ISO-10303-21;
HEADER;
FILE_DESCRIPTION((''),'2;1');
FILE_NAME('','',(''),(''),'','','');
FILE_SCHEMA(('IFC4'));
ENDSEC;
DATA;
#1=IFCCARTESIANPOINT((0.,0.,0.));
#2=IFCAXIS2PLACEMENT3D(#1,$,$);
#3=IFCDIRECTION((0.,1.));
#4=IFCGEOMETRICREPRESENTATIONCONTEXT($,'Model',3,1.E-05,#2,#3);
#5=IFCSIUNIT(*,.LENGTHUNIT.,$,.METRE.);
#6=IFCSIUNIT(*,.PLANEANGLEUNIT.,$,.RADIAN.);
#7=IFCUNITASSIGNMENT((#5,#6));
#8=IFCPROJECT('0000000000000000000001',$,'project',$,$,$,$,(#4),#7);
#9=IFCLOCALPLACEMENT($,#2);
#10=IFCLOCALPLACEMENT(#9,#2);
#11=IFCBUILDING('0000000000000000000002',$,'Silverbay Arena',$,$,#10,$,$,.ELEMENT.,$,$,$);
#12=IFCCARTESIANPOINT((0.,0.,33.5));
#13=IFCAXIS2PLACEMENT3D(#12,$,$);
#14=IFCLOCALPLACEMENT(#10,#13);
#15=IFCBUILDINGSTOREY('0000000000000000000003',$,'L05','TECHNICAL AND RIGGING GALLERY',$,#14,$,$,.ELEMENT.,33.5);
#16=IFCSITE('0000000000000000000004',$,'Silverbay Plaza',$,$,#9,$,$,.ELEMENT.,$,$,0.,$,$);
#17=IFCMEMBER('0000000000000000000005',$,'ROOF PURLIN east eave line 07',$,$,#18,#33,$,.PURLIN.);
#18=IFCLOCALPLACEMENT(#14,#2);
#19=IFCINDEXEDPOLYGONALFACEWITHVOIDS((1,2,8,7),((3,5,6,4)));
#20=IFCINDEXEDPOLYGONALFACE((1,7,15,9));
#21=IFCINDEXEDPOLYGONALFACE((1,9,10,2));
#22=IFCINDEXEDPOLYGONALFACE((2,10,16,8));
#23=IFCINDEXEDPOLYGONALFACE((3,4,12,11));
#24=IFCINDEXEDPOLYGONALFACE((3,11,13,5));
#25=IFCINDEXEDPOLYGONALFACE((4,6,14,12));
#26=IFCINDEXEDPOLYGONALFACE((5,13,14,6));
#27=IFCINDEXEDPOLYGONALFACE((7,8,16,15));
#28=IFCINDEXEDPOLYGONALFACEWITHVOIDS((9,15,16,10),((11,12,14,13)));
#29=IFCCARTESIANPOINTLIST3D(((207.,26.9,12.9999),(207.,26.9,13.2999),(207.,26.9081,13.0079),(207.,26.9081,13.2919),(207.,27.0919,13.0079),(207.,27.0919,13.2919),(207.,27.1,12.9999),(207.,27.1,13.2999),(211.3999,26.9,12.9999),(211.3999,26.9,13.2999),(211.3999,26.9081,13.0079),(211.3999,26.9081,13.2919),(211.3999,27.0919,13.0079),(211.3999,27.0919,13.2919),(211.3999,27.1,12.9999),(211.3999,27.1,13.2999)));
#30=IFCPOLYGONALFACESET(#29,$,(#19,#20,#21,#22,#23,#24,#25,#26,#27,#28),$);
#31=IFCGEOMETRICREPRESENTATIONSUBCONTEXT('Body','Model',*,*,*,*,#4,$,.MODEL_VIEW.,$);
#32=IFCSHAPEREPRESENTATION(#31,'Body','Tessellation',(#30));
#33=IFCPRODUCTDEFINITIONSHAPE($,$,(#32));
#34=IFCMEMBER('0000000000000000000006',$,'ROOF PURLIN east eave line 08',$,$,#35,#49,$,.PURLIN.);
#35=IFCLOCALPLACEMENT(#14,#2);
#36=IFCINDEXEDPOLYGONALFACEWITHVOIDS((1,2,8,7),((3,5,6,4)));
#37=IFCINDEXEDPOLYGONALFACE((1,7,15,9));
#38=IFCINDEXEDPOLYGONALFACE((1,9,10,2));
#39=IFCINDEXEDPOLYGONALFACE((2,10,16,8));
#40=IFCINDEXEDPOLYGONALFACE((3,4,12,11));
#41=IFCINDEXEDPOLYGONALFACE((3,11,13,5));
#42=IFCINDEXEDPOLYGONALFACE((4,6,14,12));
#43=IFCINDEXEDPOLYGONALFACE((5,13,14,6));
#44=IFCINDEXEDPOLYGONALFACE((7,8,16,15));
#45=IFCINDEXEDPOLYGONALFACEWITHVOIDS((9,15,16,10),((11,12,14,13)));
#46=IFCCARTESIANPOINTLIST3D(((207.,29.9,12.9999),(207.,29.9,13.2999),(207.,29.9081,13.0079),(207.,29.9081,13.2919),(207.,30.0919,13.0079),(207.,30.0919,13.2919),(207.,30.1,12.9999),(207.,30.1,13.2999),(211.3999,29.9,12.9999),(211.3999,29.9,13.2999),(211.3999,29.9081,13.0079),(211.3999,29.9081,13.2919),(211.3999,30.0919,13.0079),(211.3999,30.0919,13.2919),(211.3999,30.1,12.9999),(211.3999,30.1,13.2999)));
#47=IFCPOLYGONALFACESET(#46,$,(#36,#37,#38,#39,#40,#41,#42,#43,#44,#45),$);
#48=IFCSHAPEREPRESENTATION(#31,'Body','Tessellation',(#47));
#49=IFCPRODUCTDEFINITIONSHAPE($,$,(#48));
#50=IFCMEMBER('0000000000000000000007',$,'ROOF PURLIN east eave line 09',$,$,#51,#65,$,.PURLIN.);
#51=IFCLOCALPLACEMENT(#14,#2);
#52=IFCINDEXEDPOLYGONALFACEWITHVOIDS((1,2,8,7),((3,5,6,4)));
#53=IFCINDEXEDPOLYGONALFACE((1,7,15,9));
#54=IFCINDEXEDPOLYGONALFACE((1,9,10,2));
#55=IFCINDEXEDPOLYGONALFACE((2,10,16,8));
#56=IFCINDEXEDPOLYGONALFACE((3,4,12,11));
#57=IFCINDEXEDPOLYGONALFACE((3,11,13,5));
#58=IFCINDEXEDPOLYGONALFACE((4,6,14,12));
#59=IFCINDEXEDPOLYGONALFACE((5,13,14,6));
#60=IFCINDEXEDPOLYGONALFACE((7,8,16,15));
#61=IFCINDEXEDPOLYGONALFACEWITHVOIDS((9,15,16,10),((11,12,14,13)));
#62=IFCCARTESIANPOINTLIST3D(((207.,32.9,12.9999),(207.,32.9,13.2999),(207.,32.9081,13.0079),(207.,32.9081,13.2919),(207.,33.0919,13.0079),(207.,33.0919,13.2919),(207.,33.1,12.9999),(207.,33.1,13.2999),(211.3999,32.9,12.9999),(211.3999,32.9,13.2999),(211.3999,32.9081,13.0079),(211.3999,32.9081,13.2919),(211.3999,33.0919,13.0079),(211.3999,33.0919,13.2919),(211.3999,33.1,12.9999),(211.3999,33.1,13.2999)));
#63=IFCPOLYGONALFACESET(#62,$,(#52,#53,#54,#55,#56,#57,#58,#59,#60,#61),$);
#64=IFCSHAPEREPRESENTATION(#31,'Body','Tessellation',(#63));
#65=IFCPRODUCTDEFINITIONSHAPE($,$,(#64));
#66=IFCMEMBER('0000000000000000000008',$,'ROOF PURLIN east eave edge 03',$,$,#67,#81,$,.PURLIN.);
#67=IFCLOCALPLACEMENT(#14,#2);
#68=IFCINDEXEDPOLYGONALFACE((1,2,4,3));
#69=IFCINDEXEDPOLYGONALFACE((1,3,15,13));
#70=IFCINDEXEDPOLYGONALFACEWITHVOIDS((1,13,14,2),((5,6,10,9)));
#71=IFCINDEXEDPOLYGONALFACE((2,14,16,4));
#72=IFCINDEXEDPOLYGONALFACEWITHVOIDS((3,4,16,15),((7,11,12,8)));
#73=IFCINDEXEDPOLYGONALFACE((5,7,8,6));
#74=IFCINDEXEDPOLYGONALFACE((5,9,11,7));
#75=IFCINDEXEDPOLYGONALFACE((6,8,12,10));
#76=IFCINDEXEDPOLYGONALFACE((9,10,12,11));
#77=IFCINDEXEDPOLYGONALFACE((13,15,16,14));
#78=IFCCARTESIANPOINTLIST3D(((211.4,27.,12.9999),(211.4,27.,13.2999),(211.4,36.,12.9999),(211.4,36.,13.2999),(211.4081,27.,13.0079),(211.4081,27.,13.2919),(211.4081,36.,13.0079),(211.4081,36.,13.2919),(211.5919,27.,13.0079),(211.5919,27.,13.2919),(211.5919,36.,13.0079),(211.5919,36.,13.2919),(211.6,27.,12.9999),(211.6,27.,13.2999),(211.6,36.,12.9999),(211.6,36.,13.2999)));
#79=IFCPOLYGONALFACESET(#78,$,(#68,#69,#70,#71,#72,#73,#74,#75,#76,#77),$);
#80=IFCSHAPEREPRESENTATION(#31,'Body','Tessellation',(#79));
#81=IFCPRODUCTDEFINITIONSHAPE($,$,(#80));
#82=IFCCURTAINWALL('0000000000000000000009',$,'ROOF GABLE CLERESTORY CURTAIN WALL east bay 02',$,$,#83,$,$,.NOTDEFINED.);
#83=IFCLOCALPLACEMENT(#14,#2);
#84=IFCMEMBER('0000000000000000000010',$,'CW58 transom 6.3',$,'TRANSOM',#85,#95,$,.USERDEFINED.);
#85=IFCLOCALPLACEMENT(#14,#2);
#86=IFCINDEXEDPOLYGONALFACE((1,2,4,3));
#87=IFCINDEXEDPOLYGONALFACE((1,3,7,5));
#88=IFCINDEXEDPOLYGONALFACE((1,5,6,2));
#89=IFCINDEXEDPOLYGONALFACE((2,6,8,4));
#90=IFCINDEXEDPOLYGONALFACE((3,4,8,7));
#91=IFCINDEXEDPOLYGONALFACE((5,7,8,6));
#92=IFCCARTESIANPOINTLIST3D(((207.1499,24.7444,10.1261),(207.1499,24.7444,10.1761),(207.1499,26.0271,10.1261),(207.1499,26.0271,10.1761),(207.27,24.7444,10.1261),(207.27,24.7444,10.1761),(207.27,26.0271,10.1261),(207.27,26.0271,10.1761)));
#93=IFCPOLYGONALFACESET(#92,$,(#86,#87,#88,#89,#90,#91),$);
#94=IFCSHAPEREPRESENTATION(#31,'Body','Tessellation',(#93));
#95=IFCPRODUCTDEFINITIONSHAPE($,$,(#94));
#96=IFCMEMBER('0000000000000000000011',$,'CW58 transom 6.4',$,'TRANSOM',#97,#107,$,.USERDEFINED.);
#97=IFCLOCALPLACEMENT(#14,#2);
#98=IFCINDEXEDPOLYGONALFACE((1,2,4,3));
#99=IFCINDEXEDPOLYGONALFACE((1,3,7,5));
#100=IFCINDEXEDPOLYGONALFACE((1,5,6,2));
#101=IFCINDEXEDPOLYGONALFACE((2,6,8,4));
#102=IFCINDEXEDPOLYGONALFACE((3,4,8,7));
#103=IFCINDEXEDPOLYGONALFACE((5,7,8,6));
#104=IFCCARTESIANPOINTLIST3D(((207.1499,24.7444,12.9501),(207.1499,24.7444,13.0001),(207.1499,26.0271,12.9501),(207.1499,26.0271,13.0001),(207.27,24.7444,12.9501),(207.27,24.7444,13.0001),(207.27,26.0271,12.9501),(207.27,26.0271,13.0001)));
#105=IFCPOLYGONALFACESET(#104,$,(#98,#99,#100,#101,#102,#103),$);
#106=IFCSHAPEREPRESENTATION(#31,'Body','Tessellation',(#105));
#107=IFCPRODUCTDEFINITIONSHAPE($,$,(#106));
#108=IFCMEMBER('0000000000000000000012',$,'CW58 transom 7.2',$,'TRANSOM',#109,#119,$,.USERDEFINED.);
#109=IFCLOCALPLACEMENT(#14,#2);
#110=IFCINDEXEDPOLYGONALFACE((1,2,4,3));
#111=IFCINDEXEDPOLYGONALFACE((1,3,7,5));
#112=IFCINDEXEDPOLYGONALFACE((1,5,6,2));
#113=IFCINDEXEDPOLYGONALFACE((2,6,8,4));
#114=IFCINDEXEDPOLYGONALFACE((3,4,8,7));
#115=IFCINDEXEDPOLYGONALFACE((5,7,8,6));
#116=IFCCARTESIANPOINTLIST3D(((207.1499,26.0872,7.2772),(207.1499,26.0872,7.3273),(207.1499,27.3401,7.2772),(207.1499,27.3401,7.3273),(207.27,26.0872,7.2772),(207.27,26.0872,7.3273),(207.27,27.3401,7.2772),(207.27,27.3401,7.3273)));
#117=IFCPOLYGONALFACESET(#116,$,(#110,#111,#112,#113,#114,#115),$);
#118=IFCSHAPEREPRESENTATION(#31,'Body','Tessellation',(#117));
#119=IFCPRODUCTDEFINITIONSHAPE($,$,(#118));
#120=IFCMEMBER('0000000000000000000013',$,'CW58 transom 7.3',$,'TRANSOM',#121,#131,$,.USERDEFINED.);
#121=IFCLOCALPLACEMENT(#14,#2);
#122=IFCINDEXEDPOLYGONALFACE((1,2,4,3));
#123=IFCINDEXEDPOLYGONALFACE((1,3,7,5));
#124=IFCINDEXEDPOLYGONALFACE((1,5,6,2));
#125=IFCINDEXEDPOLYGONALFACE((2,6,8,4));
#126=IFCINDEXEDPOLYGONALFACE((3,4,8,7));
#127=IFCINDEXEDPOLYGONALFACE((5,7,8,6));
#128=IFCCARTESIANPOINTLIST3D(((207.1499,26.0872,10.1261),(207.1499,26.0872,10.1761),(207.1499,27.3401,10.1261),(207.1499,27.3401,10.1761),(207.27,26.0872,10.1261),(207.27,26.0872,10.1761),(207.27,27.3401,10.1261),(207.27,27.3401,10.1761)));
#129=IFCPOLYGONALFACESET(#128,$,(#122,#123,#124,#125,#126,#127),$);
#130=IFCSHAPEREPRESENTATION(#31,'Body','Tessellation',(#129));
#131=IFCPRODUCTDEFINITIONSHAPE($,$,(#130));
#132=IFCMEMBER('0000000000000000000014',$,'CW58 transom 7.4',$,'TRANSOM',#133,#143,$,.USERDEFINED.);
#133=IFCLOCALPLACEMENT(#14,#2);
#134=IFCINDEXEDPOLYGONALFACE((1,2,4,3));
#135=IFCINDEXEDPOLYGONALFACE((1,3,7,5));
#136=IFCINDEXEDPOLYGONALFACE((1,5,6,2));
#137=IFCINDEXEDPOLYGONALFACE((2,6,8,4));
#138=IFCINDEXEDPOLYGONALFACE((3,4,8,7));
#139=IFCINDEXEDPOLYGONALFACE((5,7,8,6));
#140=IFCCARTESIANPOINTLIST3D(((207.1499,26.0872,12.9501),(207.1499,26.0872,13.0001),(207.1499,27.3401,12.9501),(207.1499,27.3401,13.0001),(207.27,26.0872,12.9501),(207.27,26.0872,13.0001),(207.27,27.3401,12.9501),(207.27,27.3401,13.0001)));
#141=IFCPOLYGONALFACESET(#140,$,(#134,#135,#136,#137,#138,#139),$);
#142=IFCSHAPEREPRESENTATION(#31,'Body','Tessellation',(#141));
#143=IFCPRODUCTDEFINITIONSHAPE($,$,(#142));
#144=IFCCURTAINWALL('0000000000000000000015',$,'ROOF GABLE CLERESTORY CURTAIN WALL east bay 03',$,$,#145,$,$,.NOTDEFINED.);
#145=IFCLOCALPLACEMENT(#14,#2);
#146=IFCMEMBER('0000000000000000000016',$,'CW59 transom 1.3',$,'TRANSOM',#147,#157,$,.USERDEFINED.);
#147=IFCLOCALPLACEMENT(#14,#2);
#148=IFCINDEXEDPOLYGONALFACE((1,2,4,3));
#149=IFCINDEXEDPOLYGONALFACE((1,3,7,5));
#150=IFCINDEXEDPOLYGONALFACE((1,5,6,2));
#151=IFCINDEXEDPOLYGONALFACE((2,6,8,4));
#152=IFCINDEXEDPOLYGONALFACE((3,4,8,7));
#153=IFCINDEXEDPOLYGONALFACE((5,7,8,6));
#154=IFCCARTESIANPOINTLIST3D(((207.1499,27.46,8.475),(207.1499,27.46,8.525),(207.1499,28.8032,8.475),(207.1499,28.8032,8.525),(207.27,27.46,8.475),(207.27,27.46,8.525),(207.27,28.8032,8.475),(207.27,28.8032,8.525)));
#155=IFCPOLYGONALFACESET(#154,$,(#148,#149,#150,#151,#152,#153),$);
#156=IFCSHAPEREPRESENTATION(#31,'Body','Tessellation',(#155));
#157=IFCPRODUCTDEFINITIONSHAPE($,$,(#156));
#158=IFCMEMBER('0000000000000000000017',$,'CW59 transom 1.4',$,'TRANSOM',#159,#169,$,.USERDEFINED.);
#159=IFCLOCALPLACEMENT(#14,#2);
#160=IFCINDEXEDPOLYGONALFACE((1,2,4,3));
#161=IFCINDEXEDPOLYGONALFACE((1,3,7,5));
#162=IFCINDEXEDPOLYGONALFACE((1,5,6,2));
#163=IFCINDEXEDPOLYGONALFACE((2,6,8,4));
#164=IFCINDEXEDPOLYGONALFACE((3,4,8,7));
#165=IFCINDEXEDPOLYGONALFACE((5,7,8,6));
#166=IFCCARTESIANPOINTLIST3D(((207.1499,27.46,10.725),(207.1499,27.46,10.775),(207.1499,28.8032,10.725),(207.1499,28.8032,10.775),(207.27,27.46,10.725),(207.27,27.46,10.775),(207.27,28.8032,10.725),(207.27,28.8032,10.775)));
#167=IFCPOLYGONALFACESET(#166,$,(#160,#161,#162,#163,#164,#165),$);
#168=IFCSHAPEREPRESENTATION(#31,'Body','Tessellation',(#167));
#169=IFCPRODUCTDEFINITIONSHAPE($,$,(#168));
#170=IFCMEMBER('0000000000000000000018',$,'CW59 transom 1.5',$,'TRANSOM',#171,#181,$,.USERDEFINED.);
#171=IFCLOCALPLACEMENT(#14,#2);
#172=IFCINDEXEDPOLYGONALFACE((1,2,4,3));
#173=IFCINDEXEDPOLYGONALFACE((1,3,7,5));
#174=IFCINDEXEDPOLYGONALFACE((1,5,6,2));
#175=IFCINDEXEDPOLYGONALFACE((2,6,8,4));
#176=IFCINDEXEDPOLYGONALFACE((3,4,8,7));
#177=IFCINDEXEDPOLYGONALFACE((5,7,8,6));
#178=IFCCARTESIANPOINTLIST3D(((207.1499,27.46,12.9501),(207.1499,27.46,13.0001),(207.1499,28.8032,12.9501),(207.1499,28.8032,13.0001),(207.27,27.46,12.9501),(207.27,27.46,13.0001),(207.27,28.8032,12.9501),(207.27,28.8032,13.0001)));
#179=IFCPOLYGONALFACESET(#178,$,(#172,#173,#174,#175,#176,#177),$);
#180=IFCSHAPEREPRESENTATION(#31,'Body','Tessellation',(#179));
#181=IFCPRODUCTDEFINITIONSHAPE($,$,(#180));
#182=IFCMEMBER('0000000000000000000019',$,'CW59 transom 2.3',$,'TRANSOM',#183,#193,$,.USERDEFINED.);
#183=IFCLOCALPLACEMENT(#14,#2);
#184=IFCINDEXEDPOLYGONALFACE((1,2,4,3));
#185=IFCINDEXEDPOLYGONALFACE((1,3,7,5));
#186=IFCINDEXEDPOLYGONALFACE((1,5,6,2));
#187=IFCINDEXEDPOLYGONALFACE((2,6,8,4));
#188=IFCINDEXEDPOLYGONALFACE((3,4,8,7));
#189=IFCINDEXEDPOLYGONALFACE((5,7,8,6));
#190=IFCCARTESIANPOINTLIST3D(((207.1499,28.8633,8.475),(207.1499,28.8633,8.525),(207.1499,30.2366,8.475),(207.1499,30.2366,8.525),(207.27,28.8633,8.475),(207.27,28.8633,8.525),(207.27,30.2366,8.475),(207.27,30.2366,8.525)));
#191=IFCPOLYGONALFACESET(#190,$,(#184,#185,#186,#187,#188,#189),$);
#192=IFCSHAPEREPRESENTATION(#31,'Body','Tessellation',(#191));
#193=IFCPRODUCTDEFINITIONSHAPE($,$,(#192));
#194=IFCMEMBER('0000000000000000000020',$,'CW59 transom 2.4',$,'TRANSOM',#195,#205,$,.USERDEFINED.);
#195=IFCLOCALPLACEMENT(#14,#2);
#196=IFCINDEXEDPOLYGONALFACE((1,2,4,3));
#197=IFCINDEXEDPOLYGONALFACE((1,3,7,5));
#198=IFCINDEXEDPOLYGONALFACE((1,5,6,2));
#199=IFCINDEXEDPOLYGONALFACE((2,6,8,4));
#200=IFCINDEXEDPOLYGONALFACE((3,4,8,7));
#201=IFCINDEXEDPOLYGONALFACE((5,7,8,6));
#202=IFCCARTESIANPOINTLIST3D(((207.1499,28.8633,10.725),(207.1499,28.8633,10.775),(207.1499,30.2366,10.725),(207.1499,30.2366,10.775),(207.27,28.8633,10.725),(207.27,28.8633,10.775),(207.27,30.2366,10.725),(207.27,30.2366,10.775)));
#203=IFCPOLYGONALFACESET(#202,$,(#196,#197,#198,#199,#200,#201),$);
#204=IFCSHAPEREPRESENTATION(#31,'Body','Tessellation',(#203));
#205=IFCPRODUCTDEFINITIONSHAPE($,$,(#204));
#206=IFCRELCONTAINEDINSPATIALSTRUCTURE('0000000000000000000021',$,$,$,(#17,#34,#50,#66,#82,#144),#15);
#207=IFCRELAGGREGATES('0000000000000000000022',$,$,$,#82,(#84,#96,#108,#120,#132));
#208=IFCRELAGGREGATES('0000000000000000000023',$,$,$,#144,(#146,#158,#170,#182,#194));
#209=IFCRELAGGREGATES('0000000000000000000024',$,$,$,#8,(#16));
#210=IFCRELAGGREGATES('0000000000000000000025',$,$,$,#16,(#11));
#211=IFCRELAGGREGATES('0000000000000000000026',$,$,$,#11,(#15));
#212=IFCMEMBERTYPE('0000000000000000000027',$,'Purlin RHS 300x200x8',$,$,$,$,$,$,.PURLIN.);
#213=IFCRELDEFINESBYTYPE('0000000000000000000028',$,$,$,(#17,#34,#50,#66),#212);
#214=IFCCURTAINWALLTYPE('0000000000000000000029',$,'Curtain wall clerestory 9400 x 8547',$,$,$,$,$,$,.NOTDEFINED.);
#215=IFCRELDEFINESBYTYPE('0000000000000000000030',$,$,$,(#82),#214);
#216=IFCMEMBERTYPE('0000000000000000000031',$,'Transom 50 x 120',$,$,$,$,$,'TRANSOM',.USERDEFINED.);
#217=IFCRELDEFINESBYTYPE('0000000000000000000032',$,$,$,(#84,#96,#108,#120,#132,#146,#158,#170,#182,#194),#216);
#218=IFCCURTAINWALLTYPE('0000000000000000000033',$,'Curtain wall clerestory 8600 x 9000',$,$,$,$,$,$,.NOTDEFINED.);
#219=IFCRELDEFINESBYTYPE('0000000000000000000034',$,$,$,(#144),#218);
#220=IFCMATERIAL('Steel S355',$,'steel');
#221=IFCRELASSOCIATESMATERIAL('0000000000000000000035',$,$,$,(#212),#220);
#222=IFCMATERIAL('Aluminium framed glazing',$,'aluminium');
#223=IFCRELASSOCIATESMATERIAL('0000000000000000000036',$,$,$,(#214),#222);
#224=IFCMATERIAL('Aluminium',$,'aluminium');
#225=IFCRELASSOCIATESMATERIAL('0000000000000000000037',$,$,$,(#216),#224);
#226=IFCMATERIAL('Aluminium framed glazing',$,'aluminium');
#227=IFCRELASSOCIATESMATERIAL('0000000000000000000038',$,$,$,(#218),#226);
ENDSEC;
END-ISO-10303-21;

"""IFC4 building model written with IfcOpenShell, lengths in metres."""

from ifc_helpers import new_model, si_unit, direction, frame, origin, origin_2d, place, context, subcontext, project, spatial, rectangle, hollow_rectangle, extrude, material, material_profile, profile_set, type_object, element, aggregate, save


model = new_model("IFC4")

# Units and contexts
model_context = context("Model", 3, precision=1e-05, world=origin(), true_north=direction((0.0, 1.0)))
body_context = subcontext(model_context, "Body", "Model", "MODEL_VIEW")
ifc_project = project(units=[si_unit("LENGTHUNIT", "METRE"), si_unit("PLANEANGLEUNIT", "RADIAN")], contexts=[model_context])

# Site, building, storey
site_placement = place(None, origin())
site = spatial("IfcSite", under=ifc_project, at=site_placement, Name="Silverbay Plaza", CompositionType="ELEMENT", RefElevation=0.0)
building_placement = place(site_placement, origin())
building = spatial("IfcBuilding", under=site, at=building_placement, Name="Silverbay Arena", CompositionType="ELEMENT")
storey_placement = place(building_placement, frame((0.0, 0.0, 33.5)))
storey = spatial("IfcBuildingStorey", under=building, at=storey_placement, Name="L05", Description="TECHNICAL AND RIGGING GALLERY", CompositionType="ELEMENT", Elevation=33.5)

# Members
ifc_material_1 = material(Name="Steel S355", Category="steel")
ifc_material_profile_1 = material_profile(ifc_material_1, hollow_rectangle(XDim=0.2, YDim=0.3, WallThickness=0.0081, at=origin_2d()), Name="RHS 300x200x8")
ifc_profile_set_1 = profile_set([ifc_material_profile_1], Name="Steel S355")
member_type_1 = type_object("IfcMemberType", Name="Purlin RHS 300x200x8", PredefinedType="PURLIN", material=ifc_profile_set_1)
for number, where, z_axis, x_axis, name in (
    (1, (211.3999, 27.0, 13.1499), (-1.0, 0.0, 0.0), (0.0, -1.0, 0.0), "ROOF PURLIN east eave line 07"),
    (2, (211.3999, 30.0, 13.1499), (-1.0, 0.0, 0.0), (0.0, -1.0, 0.0), "ROOF PURLIN east eave line 08"),
    (3, (211.3999, 33.0, 13.1499), (-1.0, 0.0, 0.0), (0.0, -1.0, 0.0), "ROOF PURLIN east eave line 09"),
):
    element("IfcMember", number, at=place(storey_placement, frame(where, z_axis=z_axis, x_axis=x_axis)), inside=storey, type_object=member_type_1, Name=name, PredefinedType="PURLIN", context=body_context, shape_type="SweptSolid", body=[
        extrude(hollow_rectangle(XDim=0.2, YDim=0.3, WallThickness=0.0081, at=origin_2d()), origin(), (0.0, 0.0, 1.0), 4.3999),
    ])
member_1_placement = place(storey_placement, frame((211.5, 27.0, 13.1499), z_axis=(0.0, 1.0, 0.0), x_axis=(-1.0, 0.0, 0.0)))
element("IfcMember", 4, at=member_1_placement, inside=storey, type_object=member_type_1, Name="ROOF PURLIN east eave edge 03", PredefinedType="PURLIN", context=body_context, shape_type="SweptSolid", body=[
    extrude(hollow_rectangle(XDim=0.2, YDim=0.3, WallThickness=0.0081, at=origin_2d()), origin(), (0.0, 0.0, 1.0), 9.0),
])

# Curtain walls, members
ifc_material_2 = material(Name="Aluminium framed glazing", Category="aluminium")
curtain_wall_type_1 = type_object("IfcCurtainWallType", Name="Curtain wall clerestory 9400 x 8547", PredefinedType="NOTDEFINED", material=ifc_material_2)
curtain_wall_1_placement = place(storey_placement, origin())
curtain_wall_1 = element("IfcCurtainWall", 5, at=curtain_wall_1_placement, inside=storey, type_object=curtain_wall_type_1, Name="ROOF GABLE CLERESTORY CURTAIN WALL east bay 02", PredefinedType="NOTDEFINED")
ifc_material_3 = material(Name="Aluminium", Category="aluminium")
ifc_material_profile_2 = material_profile(ifc_material_3, rectangle(XDim=0.1201, YDim=0.05, at=origin_2d()), Name="Transom 50 x 120")
ifc_profile_set_2 = profile_set([ifc_material_profile_2], Name="Aluminium")
member_type_2 = type_object("IfcMemberType", Name="Transom 50 x 120", ElementType="TRANSOM", PredefinedType="USERDEFINED", material=ifc_profile_set_2)
member_2_placement = place(storey_placement, frame((207.21, 24.7444, 10.1511), z_axis=(0.0, 1.0, 0.0), x_axis=(-1.0, 0.0, 0.0)))
member_2 = element("IfcMember", 6, at=member_2_placement, type_object=member_type_2, Name="CW58 transom 6.3", ObjectType="TRANSOM", PredefinedType="USERDEFINED", context=body_context, shape_type="SweptSolid", body=[
    extrude(rectangle(XDim=0.1201, YDim=0.05, at=origin_2d()), origin(), (0.0, 0.0, 1.0), 1.2827),
])
member_3_placement = place(storey_placement, frame((207.21, 24.7444, 12.9751), z_axis=(0.0, 1.0, 0.0), x_axis=(-1.0, 0.0, 0.0)))
member_3 = element("IfcMember", 7, at=member_3_placement, type_object=member_type_2, Name="CW58 transom 6.4", ObjectType="TRANSOM", PredefinedType="USERDEFINED", context=body_context, shape_type="SweptSolid", body=[
    extrude(rectangle(XDim=0.1201, YDim=0.05, at=origin_2d()), origin(), (0.0, 0.0, 1.0), 1.2827),
])
member_4_placement = place(storey_placement, frame((207.21, 26.0872, 7.3022), z_axis=(0.0, 1.0, 0.0), x_axis=(-1.0, 0.0, 0.0)))
member_4 = element("IfcMember", 8, at=member_4_placement, type_object=member_type_2, Name="CW58 transom 7.2", ObjectType="TRANSOM", PredefinedType="USERDEFINED", context=body_context, shape_type="SweptSolid", body=[
    extrude(rectangle(XDim=0.1201, YDim=0.05, at=origin_2d()), origin(), (0.0, 0.0, 1.0), 1.2529),
])
member_5_placement = place(storey_placement, frame((207.21, 26.0872, 10.1511), z_axis=(0.0, 1.0, 0.0), x_axis=(-1.0, 0.0, 0.0)))
member_5 = element("IfcMember", 9, at=member_5_placement, type_object=member_type_2, Name="CW58 transom 7.3", ObjectType="TRANSOM", PredefinedType="USERDEFINED", context=body_context, shape_type="SweptSolid", body=[
    extrude(rectangle(XDim=0.1201, YDim=0.05, at=origin_2d()), origin(), (0.0, 0.0, 1.0), 1.2529),
])
member_6_placement = place(storey_placement, frame((207.21, 26.0872, 12.9751), z_axis=(0.0, 1.0, 0.0), x_axis=(-1.0, 0.0, 0.0)))
member_6 = element("IfcMember", 10, at=member_6_placement, type_object=member_type_2, Name="CW58 transom 7.4", ObjectType="TRANSOM", PredefinedType="USERDEFINED", context=body_context, shape_type="SweptSolid", body=[
    extrude(rectangle(XDim=0.1201, YDim=0.05, at=origin_2d()), origin(), (0.0, 0.0, 1.0), 1.2529),
])
ifc_material_4 = material(Name="Aluminium framed glazing", Category="aluminium")
curtain_wall_type_2 = type_object("IfcCurtainWallType", Name="Curtain wall clerestory 8600 x 9000", PredefinedType="NOTDEFINED", material=ifc_material_4)
curtain_wall_2_placement = place(storey_placement, origin())
curtain_wall_2 = element("IfcCurtainWall", 11, at=curtain_wall_2_placement, inside=storey, type_object=curtain_wall_type_2, Name="ROOF GABLE CLERESTORY CURTAIN WALL east bay 03", PredefinedType="NOTDEFINED")
member_7_placement = place(storey_placement, frame((207.21, 27.46, 8.5), z_axis=(0.0, 1.0, 0.0), x_axis=(-1.0, 0.0, 0.0)))
member_7 = element("IfcMember", 12, at=member_7_placement, type_object=member_type_2, Name="CW59 transom 1.3", ObjectType="TRANSOM", PredefinedType="USERDEFINED", context=body_context, shape_type="SweptSolid", body=[
    extrude(rectangle(XDim=0.1201, YDim=0.05, at=origin_2d()), origin(), (0.0, 0.0, 1.0), 1.3433),
])
member_8_placement = place(storey_placement, frame((207.21, 27.46, 10.75), z_axis=(0.0, 1.0, 0.0), x_axis=(-1.0, 0.0, 0.0)))
member_8 = element("IfcMember", 13, at=member_8_placement, type_object=member_type_2, Name="CW59 transom 1.4", ObjectType="TRANSOM", PredefinedType="USERDEFINED", context=body_context, shape_type="SweptSolid", body=[
    extrude(rectangle(XDim=0.1201, YDim=0.05, at=origin_2d()), origin(), (0.0, 0.0, 1.0), 1.3433),
])
member_9_placement = place(storey_placement, frame((207.21, 27.46, 12.9751), z_axis=(0.0, 1.0, 0.0), x_axis=(-1.0, 0.0, 0.0)))
member_9 = element("IfcMember", 14, at=member_9_placement, type_object=member_type_2, Name="CW59 transom 1.5", ObjectType="TRANSOM", PredefinedType="USERDEFINED", context=body_context, shape_type="SweptSolid", body=[
    extrude(rectangle(XDim=0.1201, YDim=0.05, at=origin_2d()), origin(), (0.0, 0.0, 1.0), 1.3433),
])
member_10_placement = place(storey_placement, frame((207.21, 28.8633, 8.5), z_axis=(0.0, 1.0, 0.0), x_axis=(-1.0, 0.0, 0.0)))
member_10 = element("IfcMember", 15, at=member_10_placement, type_object=member_type_2, Name="CW59 transom 2.3", ObjectType="TRANSOM", PredefinedType="USERDEFINED", context=body_context, shape_type="SweptSolid", body=[
    extrude(rectangle(XDim=0.1201, YDim=0.05, at=origin_2d()), origin(), (0.0, 0.0, 1.0), 1.3733),
])
member_11_placement = place(storey_placement, frame((207.21, 28.8633, 10.75), z_axis=(0.0, 1.0, 0.0), x_axis=(-1.0, 0.0, 0.0)))
member_11 = element("IfcMember", 16, at=member_11_placement, type_object=member_type_2, Name="CW59 transom 2.4", ObjectType="TRANSOM", PredefinedType="USERDEFINED", context=body_context, shape_type="SweptSolid", body=[
    extrude(rectangle(XDim=0.1201, YDim=0.05, at=origin_2d()), origin(), (0.0, 0.0, 1.0), 1.3733),
])

aggregate(curtain_wall_1, [member_2, member_3, member_4, member_5, member_6])
aggregate(curtain_wall_2, [member_7, member_8, member_9, member_10, member_11])

save(model, "model.ifc")
